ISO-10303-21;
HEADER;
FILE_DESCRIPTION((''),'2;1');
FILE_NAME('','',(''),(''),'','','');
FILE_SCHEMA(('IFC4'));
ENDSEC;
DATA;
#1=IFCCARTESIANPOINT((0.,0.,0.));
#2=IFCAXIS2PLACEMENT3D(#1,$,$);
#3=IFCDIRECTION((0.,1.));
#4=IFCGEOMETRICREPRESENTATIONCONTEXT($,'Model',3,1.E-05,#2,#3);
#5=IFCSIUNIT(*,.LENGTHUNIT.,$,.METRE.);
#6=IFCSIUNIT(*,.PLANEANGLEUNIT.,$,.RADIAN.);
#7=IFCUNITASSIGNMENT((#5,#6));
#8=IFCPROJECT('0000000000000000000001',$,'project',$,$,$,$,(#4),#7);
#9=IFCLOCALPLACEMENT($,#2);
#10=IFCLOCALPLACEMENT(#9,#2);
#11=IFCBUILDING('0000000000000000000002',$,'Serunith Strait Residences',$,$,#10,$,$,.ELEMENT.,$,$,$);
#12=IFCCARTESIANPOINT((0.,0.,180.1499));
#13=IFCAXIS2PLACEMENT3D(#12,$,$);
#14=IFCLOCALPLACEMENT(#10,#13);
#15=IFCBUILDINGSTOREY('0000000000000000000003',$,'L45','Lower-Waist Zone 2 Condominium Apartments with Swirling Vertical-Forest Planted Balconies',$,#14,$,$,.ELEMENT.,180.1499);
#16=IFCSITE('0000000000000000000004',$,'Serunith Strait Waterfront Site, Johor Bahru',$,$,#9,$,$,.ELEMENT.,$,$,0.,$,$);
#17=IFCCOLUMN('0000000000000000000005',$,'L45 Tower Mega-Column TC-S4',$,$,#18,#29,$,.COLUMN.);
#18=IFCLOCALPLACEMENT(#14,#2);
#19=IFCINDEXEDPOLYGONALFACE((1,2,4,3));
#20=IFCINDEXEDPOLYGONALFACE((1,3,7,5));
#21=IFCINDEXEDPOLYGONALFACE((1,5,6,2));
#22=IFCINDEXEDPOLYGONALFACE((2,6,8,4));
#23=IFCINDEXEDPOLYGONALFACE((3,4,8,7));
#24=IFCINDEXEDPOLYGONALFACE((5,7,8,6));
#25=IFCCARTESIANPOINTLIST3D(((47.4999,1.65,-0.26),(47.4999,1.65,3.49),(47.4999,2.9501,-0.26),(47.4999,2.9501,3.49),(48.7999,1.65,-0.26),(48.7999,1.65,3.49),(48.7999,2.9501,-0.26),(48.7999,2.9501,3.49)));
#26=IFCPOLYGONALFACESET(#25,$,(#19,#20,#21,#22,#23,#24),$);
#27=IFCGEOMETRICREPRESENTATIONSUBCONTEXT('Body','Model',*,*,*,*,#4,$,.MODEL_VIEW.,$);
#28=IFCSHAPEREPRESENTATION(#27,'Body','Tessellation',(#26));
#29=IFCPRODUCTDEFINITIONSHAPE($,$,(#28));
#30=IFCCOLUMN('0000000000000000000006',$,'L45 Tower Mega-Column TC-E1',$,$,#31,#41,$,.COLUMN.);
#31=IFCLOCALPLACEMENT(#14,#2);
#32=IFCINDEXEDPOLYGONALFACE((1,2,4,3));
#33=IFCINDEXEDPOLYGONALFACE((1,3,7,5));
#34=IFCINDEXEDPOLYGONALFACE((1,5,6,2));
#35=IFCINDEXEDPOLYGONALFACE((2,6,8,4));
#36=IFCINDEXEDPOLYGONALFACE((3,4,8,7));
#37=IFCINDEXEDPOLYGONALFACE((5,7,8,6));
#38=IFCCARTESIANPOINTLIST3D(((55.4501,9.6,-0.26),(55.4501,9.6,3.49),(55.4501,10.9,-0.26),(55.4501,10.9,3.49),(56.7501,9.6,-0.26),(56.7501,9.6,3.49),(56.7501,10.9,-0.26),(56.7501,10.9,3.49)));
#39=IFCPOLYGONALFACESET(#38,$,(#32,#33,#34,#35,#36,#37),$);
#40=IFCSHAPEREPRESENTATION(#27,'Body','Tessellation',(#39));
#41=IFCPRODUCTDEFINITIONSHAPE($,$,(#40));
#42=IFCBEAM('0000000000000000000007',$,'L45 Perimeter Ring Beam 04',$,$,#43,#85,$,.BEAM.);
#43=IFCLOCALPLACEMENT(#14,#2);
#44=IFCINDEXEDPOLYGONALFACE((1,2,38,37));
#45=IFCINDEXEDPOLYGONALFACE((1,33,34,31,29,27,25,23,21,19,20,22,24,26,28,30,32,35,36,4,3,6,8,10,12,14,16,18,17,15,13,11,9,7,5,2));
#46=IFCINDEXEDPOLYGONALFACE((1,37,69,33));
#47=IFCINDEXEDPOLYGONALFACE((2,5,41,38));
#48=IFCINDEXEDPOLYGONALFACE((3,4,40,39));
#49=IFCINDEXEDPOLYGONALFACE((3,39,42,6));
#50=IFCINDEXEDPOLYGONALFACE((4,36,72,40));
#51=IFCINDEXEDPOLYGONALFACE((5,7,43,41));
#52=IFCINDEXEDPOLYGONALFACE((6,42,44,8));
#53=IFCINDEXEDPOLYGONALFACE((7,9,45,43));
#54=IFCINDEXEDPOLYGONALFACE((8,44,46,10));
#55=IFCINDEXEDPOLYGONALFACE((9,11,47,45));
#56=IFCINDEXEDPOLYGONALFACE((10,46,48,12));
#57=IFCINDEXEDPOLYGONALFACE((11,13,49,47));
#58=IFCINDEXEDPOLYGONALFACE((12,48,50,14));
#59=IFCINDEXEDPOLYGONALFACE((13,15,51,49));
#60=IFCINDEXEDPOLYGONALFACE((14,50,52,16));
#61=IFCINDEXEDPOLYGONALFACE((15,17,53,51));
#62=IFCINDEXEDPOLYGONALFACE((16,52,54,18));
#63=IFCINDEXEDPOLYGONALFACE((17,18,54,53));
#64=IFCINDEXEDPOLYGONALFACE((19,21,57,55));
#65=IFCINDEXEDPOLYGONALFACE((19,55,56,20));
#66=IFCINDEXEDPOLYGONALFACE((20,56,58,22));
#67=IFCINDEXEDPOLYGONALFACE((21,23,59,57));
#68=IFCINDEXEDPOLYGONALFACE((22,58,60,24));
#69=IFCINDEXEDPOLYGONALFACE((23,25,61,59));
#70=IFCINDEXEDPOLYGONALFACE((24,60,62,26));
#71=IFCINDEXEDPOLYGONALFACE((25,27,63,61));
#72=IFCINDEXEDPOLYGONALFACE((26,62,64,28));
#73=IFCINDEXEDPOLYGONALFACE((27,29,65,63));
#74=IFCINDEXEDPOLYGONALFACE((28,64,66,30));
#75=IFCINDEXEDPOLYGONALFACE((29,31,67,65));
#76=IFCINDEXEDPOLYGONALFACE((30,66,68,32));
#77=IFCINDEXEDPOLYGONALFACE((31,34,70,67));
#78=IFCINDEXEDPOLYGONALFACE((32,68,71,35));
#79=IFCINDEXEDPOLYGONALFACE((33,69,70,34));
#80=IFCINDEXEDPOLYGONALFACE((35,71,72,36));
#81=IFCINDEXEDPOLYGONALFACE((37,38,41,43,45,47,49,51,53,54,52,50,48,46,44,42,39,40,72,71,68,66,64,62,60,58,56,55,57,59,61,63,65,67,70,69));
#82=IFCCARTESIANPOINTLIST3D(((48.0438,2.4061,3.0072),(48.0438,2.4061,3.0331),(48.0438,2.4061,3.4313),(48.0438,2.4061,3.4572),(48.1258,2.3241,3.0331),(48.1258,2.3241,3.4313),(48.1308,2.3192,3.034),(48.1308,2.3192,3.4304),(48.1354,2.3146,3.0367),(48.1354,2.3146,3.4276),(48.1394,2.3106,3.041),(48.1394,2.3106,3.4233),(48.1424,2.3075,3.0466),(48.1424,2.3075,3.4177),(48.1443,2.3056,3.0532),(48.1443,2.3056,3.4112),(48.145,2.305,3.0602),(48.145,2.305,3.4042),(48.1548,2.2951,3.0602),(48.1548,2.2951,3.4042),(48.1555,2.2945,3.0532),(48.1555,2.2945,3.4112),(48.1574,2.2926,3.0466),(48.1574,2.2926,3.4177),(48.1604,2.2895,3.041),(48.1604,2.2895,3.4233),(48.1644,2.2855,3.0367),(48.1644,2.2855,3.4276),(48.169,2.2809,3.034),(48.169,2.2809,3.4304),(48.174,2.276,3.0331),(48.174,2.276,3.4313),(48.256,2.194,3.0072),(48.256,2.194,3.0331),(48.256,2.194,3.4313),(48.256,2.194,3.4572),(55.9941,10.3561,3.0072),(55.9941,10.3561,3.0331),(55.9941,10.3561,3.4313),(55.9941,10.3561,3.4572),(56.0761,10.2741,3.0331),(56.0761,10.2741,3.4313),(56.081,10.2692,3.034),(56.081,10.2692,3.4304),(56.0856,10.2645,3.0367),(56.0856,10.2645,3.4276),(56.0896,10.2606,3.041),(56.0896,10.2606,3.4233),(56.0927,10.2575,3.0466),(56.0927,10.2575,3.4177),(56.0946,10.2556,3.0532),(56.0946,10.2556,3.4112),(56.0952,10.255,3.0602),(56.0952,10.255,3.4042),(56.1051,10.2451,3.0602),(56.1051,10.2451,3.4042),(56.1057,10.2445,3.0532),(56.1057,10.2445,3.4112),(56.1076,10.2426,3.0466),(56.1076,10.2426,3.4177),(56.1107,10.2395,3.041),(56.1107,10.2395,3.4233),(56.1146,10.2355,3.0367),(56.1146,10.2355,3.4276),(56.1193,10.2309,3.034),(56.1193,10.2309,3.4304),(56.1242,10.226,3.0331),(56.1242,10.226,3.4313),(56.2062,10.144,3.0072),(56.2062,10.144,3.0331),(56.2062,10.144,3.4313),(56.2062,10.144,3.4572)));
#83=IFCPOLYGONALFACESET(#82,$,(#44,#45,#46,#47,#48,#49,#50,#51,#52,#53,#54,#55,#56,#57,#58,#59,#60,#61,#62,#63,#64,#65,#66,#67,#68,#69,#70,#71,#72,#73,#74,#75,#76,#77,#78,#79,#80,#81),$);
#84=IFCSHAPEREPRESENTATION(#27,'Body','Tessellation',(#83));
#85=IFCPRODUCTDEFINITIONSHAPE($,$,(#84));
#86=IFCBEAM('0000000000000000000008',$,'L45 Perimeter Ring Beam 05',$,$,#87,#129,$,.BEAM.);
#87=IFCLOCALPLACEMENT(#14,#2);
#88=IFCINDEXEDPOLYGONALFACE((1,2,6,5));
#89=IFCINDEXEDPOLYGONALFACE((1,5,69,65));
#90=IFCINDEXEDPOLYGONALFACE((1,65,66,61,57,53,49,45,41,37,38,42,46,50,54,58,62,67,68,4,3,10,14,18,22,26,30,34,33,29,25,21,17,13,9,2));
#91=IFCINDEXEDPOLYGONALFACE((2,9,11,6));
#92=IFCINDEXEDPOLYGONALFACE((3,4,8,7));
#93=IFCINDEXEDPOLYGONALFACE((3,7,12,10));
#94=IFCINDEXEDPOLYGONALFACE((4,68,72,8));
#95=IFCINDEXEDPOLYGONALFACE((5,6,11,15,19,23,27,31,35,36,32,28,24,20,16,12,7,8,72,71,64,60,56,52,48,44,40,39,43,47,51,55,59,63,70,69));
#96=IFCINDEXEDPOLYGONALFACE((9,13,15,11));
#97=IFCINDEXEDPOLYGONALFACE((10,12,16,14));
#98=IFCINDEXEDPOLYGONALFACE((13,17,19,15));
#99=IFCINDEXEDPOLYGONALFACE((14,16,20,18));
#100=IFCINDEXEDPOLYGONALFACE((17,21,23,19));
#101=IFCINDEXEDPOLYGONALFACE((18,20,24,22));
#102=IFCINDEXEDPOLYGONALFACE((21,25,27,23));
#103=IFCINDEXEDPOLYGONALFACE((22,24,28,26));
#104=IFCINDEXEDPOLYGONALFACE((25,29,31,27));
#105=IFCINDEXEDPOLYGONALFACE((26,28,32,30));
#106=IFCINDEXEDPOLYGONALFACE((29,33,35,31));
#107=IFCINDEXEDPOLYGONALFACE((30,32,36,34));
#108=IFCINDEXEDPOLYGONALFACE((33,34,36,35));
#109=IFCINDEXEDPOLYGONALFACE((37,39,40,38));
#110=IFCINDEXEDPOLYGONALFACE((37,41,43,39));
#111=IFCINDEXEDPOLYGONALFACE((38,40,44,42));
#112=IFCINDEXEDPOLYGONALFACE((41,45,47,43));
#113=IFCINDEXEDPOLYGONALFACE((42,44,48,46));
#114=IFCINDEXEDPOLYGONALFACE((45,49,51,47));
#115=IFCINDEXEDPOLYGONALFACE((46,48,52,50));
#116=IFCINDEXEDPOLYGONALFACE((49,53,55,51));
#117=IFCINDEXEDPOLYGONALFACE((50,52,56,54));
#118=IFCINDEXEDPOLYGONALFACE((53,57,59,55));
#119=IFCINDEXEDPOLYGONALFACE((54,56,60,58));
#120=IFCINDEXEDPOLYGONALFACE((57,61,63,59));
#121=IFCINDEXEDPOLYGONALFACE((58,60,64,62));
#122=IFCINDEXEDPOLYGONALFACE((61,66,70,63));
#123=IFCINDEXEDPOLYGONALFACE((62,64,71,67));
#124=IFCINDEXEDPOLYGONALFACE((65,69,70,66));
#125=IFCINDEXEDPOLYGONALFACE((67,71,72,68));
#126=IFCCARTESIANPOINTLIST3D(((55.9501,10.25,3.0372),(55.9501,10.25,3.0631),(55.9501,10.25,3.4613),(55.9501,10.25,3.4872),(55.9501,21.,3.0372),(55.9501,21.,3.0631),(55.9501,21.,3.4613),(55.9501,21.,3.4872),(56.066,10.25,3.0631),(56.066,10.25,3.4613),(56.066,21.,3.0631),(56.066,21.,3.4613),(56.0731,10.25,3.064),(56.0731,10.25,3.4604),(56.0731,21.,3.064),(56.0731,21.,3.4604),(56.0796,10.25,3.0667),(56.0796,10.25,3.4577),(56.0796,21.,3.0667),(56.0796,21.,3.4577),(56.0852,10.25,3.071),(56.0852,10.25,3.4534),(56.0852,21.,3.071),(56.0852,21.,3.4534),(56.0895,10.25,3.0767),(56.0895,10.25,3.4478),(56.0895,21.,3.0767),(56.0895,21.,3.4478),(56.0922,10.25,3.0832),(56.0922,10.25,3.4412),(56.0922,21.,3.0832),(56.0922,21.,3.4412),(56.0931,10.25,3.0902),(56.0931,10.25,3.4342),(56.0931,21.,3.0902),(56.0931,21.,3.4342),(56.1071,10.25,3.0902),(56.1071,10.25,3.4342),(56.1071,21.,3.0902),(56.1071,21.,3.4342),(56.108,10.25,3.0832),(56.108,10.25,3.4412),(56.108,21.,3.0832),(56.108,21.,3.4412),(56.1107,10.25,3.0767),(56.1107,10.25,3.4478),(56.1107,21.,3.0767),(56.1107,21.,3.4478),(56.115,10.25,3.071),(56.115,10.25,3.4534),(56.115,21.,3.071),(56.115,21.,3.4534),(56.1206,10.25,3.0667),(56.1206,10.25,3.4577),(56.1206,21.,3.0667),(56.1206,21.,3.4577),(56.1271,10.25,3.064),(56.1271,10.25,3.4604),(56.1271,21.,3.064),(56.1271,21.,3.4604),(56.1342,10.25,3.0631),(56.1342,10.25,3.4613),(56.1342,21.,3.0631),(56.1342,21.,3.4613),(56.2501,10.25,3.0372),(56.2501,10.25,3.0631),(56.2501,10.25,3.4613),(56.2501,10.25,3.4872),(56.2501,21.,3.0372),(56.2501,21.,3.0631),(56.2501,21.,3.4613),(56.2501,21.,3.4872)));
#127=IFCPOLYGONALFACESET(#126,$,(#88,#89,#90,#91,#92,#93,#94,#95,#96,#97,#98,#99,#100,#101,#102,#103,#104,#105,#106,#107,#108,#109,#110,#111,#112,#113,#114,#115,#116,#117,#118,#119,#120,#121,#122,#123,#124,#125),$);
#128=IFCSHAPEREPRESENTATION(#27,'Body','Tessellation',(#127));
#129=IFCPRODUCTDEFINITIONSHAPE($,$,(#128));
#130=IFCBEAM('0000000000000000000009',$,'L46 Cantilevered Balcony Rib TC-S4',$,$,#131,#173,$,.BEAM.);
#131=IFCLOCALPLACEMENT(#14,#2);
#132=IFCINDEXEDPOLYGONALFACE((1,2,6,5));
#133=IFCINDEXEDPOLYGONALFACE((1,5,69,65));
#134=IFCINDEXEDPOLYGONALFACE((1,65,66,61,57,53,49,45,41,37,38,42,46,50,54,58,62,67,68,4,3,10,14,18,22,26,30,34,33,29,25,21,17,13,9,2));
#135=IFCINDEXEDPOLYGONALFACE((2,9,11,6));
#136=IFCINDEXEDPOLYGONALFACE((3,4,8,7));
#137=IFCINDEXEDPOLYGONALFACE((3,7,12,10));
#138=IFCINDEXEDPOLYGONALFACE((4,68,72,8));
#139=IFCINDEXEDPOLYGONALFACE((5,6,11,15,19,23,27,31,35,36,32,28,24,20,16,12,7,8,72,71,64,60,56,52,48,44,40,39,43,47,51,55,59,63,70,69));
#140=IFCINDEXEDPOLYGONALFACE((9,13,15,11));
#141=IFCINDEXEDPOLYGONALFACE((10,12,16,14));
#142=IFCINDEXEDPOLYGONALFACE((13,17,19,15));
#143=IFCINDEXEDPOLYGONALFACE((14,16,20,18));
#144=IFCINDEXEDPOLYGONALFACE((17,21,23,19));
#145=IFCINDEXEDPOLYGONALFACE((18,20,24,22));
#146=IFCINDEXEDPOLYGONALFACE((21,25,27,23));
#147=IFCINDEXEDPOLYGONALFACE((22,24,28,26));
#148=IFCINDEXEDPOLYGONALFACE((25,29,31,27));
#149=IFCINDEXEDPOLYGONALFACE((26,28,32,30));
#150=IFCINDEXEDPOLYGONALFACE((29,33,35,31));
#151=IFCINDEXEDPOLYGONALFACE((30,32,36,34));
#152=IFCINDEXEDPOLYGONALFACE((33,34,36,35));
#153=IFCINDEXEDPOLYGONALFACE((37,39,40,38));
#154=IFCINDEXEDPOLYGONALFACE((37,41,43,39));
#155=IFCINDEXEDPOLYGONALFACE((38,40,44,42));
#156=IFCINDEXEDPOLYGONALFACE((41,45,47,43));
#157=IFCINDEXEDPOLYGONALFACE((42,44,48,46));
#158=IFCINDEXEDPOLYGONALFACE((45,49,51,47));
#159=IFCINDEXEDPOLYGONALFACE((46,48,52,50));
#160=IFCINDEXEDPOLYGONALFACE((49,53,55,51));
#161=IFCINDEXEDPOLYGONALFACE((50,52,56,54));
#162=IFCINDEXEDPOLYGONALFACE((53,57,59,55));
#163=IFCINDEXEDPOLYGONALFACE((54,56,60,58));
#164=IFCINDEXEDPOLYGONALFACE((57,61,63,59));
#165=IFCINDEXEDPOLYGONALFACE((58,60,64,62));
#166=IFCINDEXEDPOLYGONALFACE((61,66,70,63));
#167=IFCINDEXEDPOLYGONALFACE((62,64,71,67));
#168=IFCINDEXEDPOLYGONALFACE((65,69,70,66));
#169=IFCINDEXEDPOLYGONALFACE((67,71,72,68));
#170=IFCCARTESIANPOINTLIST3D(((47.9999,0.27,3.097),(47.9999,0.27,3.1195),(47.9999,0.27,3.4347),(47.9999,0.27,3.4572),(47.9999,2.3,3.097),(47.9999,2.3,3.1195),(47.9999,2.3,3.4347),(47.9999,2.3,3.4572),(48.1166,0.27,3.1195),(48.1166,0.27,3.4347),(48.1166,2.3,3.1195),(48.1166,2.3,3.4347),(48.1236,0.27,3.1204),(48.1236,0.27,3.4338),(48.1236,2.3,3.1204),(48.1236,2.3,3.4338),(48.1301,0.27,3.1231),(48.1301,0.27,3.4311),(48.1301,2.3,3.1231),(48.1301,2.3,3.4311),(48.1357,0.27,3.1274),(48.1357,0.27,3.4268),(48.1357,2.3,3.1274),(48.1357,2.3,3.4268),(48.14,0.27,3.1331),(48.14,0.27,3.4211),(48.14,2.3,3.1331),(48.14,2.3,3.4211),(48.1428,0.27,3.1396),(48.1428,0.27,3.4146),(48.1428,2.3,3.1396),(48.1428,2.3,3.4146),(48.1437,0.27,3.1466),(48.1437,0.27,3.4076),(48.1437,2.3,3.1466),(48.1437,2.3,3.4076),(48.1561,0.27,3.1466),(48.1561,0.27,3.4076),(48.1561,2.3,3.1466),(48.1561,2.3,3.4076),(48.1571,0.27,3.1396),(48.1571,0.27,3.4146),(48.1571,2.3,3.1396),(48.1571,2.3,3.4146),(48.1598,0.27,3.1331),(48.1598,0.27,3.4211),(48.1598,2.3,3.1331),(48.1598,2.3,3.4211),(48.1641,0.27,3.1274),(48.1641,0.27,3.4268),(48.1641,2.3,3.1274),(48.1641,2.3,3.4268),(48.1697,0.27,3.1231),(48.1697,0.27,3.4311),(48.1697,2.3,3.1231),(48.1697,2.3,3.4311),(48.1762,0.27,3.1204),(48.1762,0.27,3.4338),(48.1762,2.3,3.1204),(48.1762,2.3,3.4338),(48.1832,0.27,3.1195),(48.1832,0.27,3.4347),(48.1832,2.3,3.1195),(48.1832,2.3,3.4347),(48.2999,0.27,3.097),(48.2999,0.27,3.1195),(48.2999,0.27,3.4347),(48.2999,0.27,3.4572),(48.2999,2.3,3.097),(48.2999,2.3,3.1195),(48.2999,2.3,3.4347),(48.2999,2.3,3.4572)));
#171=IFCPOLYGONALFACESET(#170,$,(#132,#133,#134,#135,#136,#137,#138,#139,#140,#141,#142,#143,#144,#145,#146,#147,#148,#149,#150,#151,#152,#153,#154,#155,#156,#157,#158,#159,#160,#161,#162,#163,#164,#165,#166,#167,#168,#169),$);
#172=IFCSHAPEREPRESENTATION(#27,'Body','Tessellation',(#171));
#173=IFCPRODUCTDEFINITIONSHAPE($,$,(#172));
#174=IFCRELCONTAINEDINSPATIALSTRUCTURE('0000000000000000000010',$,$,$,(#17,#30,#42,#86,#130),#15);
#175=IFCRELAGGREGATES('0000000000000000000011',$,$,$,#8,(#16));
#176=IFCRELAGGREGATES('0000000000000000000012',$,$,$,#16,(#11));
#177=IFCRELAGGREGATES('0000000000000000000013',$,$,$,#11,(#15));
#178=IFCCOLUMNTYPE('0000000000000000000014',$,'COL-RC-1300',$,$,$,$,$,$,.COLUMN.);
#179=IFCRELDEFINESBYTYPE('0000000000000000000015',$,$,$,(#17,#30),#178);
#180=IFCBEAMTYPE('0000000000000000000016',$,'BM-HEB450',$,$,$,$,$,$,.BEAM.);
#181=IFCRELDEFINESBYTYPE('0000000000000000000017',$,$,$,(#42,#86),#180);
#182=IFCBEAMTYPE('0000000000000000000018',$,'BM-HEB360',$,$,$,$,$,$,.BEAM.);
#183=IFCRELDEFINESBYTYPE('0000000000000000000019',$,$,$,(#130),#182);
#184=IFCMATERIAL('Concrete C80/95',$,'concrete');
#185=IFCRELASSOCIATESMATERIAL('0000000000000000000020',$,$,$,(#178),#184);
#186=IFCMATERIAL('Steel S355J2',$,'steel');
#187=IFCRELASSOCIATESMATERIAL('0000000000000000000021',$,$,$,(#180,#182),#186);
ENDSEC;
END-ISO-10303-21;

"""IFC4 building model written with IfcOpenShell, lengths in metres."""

from ifc_helpers import new_model, si_unit, direction, frame, origin, origin_2d, place, context, subcontext, project, spatial, rectangle, i_section, extrude, source, transform, mapped, material, material_profile, profile_set, type_object, element, save


model = new_model("IFC4")

# Units and contexts
model_context = context("Model", 3, precision=1e-05, world=origin(), true_north=direction((0.0, 1.0)))
body_context = subcontext(model_context, "Body", "Model", "MODEL_VIEW")
ifc_project = project(units=[si_unit("LENGTHUNIT", "METRE"), si_unit("PLANEANGLEUNIT", "RADIAN")], contexts=[model_context])

# Site, building, storey
site_placement = place(None, origin())
site = spatial("IfcSite", under=ifc_project, at=site_placement, Name="Serunith Strait Waterfront Site, Johor Bahru", CompositionType="ELEMENT", RefElevation=0.0)
building_placement = place(site_placement, origin())
building = spatial("IfcBuilding", under=site, at=building_placement, Name="Serunith Strait Residences", CompositionType="ELEMENT")
storey_placement = place(building_placement, frame((0.0, 0.0, 180.1499)))
storey = spatial("IfcBuildingStorey", under=building, at=storey_placement, Name="L45", Description="Lower-Waist Zone 2 Condominium Apartments with Swirling Vertical-Forest Planted Balconies", CompositionType="ELEMENT", Elevation=180.1499)

# Columns
ifc_material_1 = material(Name="Concrete C80/95", Category="concrete")
ifc_material_profile_1 = material_profile(ifc_material_1, rectangle(XDim=1.3, YDim=1.3, at=origin_2d()), Name="RC 1300x1300")
ifc_profile_set_1 = profile_set([ifc_material_profile_1], Name="Concrete C80/95")
column_type = type_object("IfcColumnType", Name="COL-RC-1300", PredefinedType="COLUMN", material=ifc_profile_set_1)
shared_shape_1 = source(origin(), body_context, "Body", "SweptSolid", [
    extrude(rectangle(XDim=1.3, YDim=1.3, at=origin_2d()), origin(), (0.0, 0.0, 1.0), 3.75),
])
for number, where, z_axis, x_axis, name in (
    (1, (48.1499, 2.3, -0.26), (0.0, 0.0, 1.0), (1.0, 0.0, 0.0), "L45 Tower Mega-Column TC-S4"),
    (2, (56.1001, 10.25, -0.26), (0.0, 0.0, 1.0), (1.0, 0.0, 0.0), "L45 Tower Mega-Column TC-E1"),
):
    element("IfcColumn", number, at=place(storey_placement, frame(where, z_axis=z_axis, x_axis=x_axis)), inside=storey, type_object=column_type, Name=name, PredefinedType="COLUMN", context=body_context, shape_type="MappedRepresentation", body=[
        mapped(shared_shape_1, transform((0.0, 0.0, 0.0), scale=1.0)),
    ])

# Beams
ifc_material_2 = material(Name="Steel S355J2", Category="steel")
ifc_material_profile_2 = material_profile(ifc_material_2, i_section(OverallWidth=0.3, OverallDepth=0.45, WebThickness=0.0139, FlangeThickness=0.0259, FilletRadius=0.0271, at=origin_2d()), Name="HEB 450")
ifc_profile_set_2 = profile_set([ifc_material_profile_2], Name="Steel S355J2")
beam_type_1 = type_object("IfcBeamType", Name="BM-HEB450", PredefinedType="BEAM", material=ifc_profile_set_2)
shared_shape_2 = source(origin(), body_context, "Body", "SweptSolid", [
    extrude(i_section(OverallWidth=0.3, OverallDepth=0.45, WebThickness=0.0139, FlangeThickness=0.0259, FilletRadius=0.0271, at=origin_2d()), origin(), (0.0, 0.0, 1.0), 11.2432),
])
beam_1_placement = place(storey_placement, frame((48.1499, 2.3, 3.2322), z_axis=(0.707118, 0.707096, 0.0), x_axis=(-0.707096, 0.707118, 0.0)))
element("IfcBeam", 3, at=beam_1_placement, inside=storey, type_object=beam_type_1, Name="L45 Perimeter Ring Beam 04", PredefinedType="BEAM", context=body_context, shape_type="MappedRepresentation", body=[
    mapped(shared_shape_2, transform((0.0, 0.0, 0.0), scale=1.0)),
])
shared_shape_3 = source(origin(), body_context, "Body", "SweptSolid", [
    extrude(i_section(OverallWidth=0.3, OverallDepth=0.45, WebThickness=0.0139, FlangeThickness=0.0259, FilletRadius=0.0271, at=origin_2d()), origin(), (0.0, 0.0, 1.0), 10.75),
])
beam_2_placement = place(storey_placement, frame((56.1001, 10.25, 3.2622), z_axis=(0.0, 1.0, 0.0), x_axis=(-1.0, 0.0, 0.0)))
element("IfcBeam", 4, at=beam_2_placement, inside=storey, type_object=beam_type_1, Name="L45 Perimeter Ring Beam 05", PredefinedType="BEAM", context=body_context, shape_type="MappedRepresentation", body=[
    mapped(shared_shape_3, transform((0.0, 0.0, 0.0), scale=1.0)),
])
ifc_material_profile_3 = material_profile(ifc_material_2, i_section(OverallWidth=0.3, OverallDepth=0.3601, WebThickness=0.0125, FlangeThickness=0.0225, FilletRadius=0.0271, at=origin_2d()), Name="HEB 360")
ifc_profile_set_3 = profile_set([ifc_material_profile_3], Name="Steel S355J2")
beam_type_2 = type_object("IfcBeamType", Name="BM-HEB360", PredefinedType="BEAM", material=ifc_profile_set_3)
shared_shape_4 = source(origin(), body_context, "Body", "SweptSolid", [
    extrude(i_section(OverallWidth=0.3, OverallDepth=0.3601, WebThickness=0.0125, FlangeThickness=0.0225, FilletRadius=0.0271, at=origin_2d()), origin(), (0.0, 0.0, 1.0), 2.03),
])
beam_3_placement = place(storey_placement, frame((48.1499, 2.3, 3.2771), z_axis=(0.0, -1.0, 0.0), x_axis=(1.0, 0.0, 0.0)))
element("IfcBeam", 5, at=beam_3_placement, inside=storey, type_object=beam_type_2, Name="L46 Cantilevered Balcony Rib TC-S4", PredefinedType="BEAM", context=body_context, shape_type="MappedRepresentation", body=[
    mapped(shared_shape_4, transform((0.0, 0.0, 0.0), scale=1.0)),
])

save(model, "model.ifc")
